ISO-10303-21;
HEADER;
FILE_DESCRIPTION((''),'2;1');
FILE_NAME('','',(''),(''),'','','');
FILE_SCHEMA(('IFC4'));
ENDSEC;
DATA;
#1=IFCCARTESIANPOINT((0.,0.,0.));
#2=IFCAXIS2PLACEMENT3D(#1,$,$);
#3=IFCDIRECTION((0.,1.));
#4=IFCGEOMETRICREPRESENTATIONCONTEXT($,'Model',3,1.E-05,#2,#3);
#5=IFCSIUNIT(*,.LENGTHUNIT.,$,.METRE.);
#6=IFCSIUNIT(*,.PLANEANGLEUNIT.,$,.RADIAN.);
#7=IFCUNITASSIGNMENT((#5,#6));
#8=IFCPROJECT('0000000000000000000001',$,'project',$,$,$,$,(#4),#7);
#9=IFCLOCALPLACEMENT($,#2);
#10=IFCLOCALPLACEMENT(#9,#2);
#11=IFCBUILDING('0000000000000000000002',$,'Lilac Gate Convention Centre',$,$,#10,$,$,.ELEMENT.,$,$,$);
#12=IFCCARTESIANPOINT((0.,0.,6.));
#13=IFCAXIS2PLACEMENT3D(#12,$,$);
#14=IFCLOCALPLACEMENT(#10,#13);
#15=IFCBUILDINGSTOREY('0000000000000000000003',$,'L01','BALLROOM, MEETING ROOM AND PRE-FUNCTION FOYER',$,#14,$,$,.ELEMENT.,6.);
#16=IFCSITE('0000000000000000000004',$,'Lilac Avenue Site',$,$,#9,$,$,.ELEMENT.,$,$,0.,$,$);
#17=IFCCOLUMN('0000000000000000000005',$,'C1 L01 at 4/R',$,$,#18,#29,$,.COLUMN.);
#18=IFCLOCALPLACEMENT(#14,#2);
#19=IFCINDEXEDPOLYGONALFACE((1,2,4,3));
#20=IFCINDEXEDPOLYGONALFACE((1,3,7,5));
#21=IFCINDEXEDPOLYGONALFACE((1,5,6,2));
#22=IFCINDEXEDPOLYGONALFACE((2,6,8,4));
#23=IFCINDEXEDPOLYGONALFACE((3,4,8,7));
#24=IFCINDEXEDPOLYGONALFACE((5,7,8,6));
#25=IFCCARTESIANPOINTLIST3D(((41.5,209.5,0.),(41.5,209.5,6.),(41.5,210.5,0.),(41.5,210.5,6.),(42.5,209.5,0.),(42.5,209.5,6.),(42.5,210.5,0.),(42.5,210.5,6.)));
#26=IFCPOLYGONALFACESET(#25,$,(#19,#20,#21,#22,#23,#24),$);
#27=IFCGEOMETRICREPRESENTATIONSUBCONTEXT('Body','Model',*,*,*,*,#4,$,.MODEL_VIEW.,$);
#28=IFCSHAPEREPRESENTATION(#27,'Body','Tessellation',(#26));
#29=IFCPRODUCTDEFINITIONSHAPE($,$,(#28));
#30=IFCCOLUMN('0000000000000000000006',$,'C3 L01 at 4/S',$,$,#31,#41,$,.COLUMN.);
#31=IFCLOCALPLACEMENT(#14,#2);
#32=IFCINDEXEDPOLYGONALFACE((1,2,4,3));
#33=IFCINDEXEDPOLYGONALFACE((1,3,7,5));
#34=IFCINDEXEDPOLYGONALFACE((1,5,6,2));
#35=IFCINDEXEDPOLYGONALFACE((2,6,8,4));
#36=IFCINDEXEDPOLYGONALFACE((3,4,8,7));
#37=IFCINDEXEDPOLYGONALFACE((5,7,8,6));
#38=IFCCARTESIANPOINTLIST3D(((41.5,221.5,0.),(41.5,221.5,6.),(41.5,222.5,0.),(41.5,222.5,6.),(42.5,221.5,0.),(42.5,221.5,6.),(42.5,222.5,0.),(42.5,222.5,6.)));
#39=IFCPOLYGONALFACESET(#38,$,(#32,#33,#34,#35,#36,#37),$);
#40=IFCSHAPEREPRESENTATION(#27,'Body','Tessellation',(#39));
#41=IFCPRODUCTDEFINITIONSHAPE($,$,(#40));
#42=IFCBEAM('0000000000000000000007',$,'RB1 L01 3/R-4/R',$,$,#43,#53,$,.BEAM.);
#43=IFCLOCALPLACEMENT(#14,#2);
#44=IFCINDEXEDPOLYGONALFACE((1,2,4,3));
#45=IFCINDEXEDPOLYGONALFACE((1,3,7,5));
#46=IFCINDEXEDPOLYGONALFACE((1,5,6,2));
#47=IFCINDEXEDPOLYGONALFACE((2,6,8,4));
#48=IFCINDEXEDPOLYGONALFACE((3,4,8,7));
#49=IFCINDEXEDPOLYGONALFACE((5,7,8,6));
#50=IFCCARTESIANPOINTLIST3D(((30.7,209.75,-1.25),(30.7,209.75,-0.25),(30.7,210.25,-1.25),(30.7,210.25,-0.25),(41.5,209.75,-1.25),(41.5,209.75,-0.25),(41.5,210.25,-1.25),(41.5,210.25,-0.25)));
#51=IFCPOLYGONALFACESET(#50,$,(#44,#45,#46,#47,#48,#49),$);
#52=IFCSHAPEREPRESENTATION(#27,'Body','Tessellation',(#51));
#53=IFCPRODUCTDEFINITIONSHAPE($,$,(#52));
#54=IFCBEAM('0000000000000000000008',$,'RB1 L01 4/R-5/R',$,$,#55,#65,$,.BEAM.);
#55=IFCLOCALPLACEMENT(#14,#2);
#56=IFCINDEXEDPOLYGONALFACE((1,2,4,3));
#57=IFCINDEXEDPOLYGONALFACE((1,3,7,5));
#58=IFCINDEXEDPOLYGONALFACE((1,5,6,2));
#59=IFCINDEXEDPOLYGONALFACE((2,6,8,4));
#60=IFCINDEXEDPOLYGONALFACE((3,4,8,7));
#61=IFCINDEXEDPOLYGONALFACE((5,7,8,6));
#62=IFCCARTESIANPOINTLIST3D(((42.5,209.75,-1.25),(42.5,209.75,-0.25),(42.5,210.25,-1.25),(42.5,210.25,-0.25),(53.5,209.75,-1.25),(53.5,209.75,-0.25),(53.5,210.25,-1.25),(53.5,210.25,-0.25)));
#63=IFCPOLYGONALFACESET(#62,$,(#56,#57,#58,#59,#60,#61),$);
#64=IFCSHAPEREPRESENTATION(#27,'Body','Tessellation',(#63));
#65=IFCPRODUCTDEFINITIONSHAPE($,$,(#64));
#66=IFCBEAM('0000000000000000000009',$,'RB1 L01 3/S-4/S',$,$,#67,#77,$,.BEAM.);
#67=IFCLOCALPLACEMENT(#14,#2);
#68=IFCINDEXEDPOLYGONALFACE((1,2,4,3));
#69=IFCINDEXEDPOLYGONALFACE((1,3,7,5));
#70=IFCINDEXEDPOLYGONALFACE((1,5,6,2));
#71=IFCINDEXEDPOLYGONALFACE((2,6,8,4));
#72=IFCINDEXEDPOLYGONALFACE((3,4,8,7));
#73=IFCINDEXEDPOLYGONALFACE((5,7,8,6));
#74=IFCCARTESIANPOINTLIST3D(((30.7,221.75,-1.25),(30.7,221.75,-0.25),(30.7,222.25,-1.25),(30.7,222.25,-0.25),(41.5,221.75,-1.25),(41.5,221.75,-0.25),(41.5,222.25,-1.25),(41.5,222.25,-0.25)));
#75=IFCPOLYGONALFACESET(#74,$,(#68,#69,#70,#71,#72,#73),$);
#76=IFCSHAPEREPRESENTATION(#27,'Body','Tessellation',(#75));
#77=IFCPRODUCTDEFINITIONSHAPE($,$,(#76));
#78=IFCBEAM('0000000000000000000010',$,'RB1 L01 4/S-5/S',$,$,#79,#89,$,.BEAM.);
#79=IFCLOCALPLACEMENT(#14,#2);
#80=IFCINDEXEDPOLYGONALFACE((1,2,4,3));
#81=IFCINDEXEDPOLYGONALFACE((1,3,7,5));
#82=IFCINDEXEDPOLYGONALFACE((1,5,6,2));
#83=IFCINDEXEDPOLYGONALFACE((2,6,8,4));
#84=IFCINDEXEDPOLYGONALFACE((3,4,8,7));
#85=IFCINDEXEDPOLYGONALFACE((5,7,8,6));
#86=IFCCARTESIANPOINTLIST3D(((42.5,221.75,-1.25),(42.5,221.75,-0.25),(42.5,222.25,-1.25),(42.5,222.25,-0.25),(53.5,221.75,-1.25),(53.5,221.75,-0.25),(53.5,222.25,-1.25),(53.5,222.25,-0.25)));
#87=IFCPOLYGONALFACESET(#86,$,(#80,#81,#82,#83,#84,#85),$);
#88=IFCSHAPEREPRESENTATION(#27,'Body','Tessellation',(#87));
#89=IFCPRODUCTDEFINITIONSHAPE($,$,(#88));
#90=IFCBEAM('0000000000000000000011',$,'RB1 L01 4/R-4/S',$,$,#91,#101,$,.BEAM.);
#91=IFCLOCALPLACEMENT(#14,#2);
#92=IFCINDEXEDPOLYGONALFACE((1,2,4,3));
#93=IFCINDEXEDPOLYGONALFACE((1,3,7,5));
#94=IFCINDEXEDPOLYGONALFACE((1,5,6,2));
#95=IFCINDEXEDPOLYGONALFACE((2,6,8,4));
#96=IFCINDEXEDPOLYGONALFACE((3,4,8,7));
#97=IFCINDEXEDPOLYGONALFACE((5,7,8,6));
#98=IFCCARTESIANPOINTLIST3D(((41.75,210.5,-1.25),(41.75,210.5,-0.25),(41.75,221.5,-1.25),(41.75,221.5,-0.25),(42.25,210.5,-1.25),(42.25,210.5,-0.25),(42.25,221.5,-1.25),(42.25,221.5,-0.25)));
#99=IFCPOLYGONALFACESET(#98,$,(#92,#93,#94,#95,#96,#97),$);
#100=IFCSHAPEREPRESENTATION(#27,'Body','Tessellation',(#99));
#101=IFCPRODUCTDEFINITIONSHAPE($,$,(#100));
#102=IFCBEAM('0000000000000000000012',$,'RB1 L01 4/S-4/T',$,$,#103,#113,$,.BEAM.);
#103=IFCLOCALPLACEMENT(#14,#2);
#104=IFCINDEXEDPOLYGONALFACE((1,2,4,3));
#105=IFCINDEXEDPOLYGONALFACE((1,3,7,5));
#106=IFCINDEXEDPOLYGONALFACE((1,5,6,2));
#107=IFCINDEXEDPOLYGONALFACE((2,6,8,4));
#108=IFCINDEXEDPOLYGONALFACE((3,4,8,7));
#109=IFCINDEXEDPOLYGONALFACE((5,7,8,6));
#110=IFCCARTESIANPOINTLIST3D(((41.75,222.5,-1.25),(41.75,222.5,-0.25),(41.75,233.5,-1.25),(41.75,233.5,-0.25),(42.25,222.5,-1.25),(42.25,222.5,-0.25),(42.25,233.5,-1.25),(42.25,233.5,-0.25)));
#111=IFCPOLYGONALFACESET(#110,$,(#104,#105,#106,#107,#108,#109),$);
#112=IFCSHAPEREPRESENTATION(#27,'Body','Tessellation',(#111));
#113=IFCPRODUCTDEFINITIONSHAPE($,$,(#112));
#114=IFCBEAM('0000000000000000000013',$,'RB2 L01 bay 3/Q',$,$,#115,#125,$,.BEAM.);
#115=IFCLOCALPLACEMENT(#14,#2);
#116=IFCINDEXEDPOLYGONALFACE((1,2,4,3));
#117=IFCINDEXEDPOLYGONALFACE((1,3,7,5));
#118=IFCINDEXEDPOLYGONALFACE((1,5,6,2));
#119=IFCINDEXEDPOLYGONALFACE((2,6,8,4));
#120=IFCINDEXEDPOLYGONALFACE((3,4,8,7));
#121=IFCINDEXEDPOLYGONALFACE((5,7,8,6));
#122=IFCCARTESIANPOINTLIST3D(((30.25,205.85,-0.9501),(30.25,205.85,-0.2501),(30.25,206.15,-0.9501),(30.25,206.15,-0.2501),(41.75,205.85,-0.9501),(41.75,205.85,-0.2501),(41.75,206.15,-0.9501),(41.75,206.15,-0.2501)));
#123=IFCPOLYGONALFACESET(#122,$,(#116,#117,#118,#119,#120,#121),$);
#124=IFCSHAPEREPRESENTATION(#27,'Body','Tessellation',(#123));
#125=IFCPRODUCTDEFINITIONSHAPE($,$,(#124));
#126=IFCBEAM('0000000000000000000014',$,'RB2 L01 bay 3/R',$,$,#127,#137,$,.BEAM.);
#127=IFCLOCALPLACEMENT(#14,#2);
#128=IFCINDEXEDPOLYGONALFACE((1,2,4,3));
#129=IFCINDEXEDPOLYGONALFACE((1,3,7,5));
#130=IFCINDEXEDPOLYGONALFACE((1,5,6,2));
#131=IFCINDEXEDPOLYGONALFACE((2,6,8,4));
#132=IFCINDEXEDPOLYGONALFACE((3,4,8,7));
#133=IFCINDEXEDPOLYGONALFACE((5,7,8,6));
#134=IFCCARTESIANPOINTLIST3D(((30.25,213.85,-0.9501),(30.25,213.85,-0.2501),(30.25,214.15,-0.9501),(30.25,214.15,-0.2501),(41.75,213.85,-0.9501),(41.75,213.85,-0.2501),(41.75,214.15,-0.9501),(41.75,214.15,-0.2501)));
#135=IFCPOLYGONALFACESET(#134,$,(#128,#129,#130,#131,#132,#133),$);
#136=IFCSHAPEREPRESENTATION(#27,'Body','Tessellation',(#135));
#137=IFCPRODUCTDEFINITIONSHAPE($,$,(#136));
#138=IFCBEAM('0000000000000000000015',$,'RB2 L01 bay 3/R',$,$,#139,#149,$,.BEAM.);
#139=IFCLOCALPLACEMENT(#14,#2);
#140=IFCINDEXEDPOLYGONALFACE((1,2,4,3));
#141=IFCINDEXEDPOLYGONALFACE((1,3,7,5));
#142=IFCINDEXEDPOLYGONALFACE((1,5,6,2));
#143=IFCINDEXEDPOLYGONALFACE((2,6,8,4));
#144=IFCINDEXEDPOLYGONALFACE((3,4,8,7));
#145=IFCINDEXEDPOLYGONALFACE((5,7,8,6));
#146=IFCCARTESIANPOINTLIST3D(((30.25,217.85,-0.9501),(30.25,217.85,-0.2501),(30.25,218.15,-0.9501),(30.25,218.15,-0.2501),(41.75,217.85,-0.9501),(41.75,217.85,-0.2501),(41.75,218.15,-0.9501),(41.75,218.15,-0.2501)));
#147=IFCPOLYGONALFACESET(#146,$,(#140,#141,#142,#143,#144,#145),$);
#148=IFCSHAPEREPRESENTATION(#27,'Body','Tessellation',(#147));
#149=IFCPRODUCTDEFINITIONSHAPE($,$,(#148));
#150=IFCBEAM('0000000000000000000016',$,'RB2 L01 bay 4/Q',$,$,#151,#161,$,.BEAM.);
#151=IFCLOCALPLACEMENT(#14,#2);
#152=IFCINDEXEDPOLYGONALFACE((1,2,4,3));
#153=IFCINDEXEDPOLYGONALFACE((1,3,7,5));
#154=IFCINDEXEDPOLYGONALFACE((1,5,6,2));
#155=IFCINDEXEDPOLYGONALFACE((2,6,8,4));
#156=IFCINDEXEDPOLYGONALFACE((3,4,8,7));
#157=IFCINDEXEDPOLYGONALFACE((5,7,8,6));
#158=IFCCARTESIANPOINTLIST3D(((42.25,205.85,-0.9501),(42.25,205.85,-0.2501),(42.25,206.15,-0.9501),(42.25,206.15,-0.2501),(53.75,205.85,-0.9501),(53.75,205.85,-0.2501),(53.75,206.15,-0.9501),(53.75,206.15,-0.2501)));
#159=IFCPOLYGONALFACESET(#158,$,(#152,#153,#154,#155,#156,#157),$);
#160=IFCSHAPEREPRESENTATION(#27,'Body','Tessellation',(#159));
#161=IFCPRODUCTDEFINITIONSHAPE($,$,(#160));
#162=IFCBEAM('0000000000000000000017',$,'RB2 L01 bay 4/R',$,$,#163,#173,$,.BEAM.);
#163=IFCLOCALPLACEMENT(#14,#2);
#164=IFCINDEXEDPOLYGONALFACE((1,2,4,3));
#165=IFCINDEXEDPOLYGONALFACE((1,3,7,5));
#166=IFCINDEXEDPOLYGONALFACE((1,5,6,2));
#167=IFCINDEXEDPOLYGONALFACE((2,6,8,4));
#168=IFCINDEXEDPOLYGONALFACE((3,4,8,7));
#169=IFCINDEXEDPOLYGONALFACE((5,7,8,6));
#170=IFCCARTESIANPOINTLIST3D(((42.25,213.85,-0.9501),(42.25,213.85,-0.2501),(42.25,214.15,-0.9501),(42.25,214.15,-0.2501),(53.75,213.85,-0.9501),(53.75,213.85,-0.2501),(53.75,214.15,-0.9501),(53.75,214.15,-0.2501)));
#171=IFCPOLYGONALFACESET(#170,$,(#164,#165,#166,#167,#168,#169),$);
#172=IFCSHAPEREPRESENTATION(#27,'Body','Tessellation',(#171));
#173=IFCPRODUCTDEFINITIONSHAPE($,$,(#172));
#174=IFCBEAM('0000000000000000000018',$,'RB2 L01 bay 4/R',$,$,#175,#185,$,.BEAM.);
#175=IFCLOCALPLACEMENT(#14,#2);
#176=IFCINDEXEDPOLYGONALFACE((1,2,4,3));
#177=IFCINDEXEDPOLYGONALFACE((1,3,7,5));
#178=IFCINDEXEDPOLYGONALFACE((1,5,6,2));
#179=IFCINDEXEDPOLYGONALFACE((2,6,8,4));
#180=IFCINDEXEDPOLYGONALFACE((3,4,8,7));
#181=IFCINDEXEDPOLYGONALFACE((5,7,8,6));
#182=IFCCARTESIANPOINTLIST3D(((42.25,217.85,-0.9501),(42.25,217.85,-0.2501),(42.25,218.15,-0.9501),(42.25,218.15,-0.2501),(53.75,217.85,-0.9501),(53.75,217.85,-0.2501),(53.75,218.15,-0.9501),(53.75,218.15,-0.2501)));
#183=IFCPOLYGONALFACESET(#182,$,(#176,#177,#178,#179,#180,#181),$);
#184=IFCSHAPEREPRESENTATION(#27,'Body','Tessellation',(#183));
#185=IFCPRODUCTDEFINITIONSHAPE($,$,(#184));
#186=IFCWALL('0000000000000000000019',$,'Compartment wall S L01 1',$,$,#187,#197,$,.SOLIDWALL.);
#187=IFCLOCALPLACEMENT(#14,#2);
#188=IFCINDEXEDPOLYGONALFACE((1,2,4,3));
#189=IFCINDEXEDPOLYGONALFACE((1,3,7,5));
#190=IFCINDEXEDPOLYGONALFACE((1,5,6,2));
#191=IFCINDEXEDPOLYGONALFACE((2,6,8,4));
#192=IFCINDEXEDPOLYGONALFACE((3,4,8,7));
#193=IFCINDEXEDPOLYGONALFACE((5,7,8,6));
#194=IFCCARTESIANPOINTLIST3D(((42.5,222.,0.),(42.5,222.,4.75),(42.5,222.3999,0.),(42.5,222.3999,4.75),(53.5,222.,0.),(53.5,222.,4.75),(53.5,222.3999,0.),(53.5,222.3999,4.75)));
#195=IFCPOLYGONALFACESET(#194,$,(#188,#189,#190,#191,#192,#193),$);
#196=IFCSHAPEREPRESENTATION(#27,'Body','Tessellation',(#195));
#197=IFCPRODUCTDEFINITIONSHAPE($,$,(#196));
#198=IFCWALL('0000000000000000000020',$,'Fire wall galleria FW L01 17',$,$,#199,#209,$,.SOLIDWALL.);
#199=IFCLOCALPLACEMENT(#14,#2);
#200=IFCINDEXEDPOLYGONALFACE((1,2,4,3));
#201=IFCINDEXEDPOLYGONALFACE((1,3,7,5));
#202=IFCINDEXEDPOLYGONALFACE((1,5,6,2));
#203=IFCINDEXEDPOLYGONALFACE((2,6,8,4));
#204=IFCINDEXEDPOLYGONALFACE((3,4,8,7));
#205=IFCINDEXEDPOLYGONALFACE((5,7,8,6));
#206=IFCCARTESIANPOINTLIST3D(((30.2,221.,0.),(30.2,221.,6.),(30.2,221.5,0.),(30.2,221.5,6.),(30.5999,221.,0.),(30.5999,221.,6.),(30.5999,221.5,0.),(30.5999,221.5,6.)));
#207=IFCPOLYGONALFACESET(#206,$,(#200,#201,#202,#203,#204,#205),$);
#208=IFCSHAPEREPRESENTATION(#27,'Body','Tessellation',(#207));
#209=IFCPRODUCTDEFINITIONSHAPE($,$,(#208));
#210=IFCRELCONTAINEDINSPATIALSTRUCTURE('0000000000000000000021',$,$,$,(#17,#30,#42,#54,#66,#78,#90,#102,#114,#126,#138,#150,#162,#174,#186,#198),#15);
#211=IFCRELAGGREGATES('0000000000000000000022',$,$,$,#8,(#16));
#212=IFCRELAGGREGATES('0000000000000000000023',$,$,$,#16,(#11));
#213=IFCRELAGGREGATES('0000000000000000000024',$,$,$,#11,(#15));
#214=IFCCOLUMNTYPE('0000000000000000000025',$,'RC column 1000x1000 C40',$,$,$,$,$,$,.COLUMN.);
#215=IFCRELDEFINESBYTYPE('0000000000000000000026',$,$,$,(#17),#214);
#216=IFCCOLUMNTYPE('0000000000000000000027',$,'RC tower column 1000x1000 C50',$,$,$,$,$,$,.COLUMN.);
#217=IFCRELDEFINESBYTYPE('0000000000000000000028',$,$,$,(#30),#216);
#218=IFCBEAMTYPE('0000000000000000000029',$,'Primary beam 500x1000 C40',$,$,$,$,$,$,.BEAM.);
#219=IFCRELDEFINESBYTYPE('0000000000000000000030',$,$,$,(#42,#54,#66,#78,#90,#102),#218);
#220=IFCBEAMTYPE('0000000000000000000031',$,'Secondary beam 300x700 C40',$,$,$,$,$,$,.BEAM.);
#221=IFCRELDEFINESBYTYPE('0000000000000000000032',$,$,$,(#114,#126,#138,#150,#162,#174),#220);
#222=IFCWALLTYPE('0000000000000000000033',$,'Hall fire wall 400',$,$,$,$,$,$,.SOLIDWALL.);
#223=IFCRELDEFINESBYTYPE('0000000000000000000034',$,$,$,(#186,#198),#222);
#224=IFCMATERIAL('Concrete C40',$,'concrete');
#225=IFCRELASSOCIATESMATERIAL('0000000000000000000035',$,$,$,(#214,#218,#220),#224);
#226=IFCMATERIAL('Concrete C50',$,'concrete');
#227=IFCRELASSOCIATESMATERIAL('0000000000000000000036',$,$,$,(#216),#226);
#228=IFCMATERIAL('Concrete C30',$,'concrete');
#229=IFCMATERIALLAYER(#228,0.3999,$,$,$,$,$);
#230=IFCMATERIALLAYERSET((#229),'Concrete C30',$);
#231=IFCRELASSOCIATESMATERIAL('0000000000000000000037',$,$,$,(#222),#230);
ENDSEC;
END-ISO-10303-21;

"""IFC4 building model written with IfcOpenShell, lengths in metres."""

from ifc_helpers import new_model, si_unit, direction, frame, frame_2d, origin, origin_2d, place, context, subcontext, project, spatial, rectangle, extrude, material, layer, layer_set, material_profile, profile_set, type_object, element, save


model = new_model("IFC4")

# Units and contexts
model_context = context("Model", 3, precision=1e-05, world=origin(), true_north=direction((0.0, 1.0)))
body_context = subcontext(model_context, "Body", "Model", "MODEL_VIEW")
ifc_project = project(units=[si_unit("LENGTHUNIT", "METRE"), si_unit("PLANEANGLEUNIT", "RADIAN")], contexts=[model_context])

# Site, building, storey
site_placement = place(None, origin())
site = spatial("IfcSite", under=ifc_project, at=site_placement, Name="Lilac Avenue Site", CompositionType="ELEMENT", RefElevation=0.0)
building_placement = place(site_placement, origin())
building = spatial("IfcBuilding", under=site, at=building_placement, Name="Lilac Gate Convention Centre", CompositionType="ELEMENT")
storey_placement = place(building_placement, frame((0.0, 0.0, 6.0)))
storey = spatial("IfcBuildingStorey", under=building, at=storey_placement, Name="L01", Description="BALLROOM, MEETING ROOM AND PRE-FUNCTION FOYER", CompositionType="ELEMENT", Elevation=6.0)

# Columns
ifc_material_1 = material(Name="Concrete C40", Category="concrete")
ifc_material_profile_1 = material_profile(ifc_material_1, rectangle(XDim=1.0, YDim=1.0, at=origin_2d()), Name="RC 1000x1000")
ifc_profile_set_1 = profile_set([ifc_material_profile_1], Name="Concrete C40")
column_type_1 = type_object("IfcColumnType", Name="RC column 1000x1000 C40", PredefinedType="COLUMN", material=ifc_profile_set_1)
column_1_placement = place(storey_placement, frame((42.0, 210.0, 0.0), z_axis=(0.0, 0.0, 1.0), x_axis=(1.0, 0.0, 0.0)))
element("IfcColumn", 1, at=column_1_placement, inside=storey, type_object=column_type_1, Name="C1 L01 at 4/R", PredefinedType="COLUMN", context=body_context, shape_type="SweptSolid", body=[
    extrude(rectangle(XDim=1.0, YDim=1.0, at=origin_2d()), origin(), (0.0, 0.0, 1.0), 6.0),
])
ifc_material_2 = material(Name="Concrete C50", Category="concrete")
ifc_material_profile_2 = material_profile(ifc_material_2, rectangle(XDim=1.0, YDim=1.0, at=origin_2d()), Name="RC 1000x1000")
ifc_profile_set_2 = profile_set([ifc_material_profile_2], Name="Concrete C50")
column_type_2 = type_object("IfcColumnType", Name="RC tower column 1000x1000 C50", PredefinedType="COLUMN", material=ifc_profile_set_2)
column_2_placement = place(storey_placement, frame((42.0, 222.0, 0.0), z_axis=(0.0, 0.0, 1.0), x_axis=(1.0, 0.0, 0.0)))
element("IfcColumn", 2, at=column_2_placement, inside=storey, type_object=column_type_2, Name="C3 L01 at 4/S", PredefinedType="COLUMN", context=body_context, shape_type="SweptSolid", body=[
    extrude(rectangle(XDim=1.0, YDim=1.0, at=origin_2d()), origin(), (0.0, 0.0, 1.0), 6.0),
])

# Beams
ifc_material_profile_3 = material_profile(ifc_material_1, rectangle(XDim=0.5, YDim=1.0, at=origin_2d()), Name="RC 500x1000")
ifc_profile_set_3 = profile_set([ifc_material_profile_3], Name="Concrete C40")
beam_type_1 = type_object("IfcBeamType", Name="Primary beam 500x1000 C40", PredefinedType="BEAM", material=ifc_profile_set_3)
beam_1_placement = place(storey_placement, frame((30.7, 210.0, -0.75), z_axis=(1.0, 0.0, 0.0), x_axis=(0.0, 1.0, 0.0)))
element("IfcBeam", 3, at=beam_1_placement, inside=storey, type_object=beam_type_1, Name="RB1 L01 3/R-4/R", PredefinedType="BEAM", context=body_context, shape_type="SweptSolid", body=[
    extrude(rectangle(XDim=0.5, YDim=1.0, at=origin_2d()), origin(), (0.0, 0.0, 1.0), 10.8),
])
beam_2_placement = place(storey_placement, frame((42.5, 210.0, -0.75), z_axis=(1.0, 0.0, 0.0), x_axis=(0.0, 1.0, 0.0)))
element("IfcBeam", 4, at=beam_2_placement, inside=storey, type_object=beam_type_1, Name="RB1 L01 4/R-5/R", PredefinedType="BEAM", context=body_context, shape_type="SweptSolid", body=[
    extrude(rectangle(XDim=0.5, YDim=1.0, at=origin_2d()), origin(), (0.0, 0.0, 1.0), 11.0),
])
beam_3_placement = place(storey_placement, frame((30.7, 222.0, -0.75), z_axis=(1.0, 0.0, 0.0), x_axis=(0.0, 1.0, 0.0)))
element("IfcBeam", 5, at=beam_3_placement, inside=storey, type_object=beam_type_1, Name="RB1 L01 3/S-4/S", PredefinedType="BEAM", context=body_context, shape_type="SweptSolid", body=[
    extrude(rectangle(XDim=0.5, YDim=1.0, at=origin_2d()), origin(), (0.0, 0.0, 1.0), 10.8),
])
for number, where, z_axis, x_axis, name in (
    (6, (42.5, 222.0, -0.75), (1.0, 0.0, 0.0), (0.0, 1.0, 0.0), "RB1 L01 4/S-5/S"),
    (7, (42.0, 210.5, -0.75), (0.0, 1.0, 0.0), (-1.0, 0.0, 0.0), "RB1 L01 4/R-4/S"),
    (8, (42.0, 222.5, -0.75), (0.0, 1.0, 0.0), (-1.0, 0.0, 0.0), "RB1 L01 4/S-4/T"),
):
    element("IfcBeam", number, at=place(storey_placement, frame(where, z_axis=z_axis, x_axis=x_axis)), inside=storey, type_object=beam_type_1, Name=name, PredefinedType="BEAM", context=body_context, shape_type="SweptSolid", body=[
        extrude(rectangle(XDim=0.5, YDim=1.0, at=origin_2d()), origin(), (0.0, 0.0, 1.0), 11.0),
    ])
ifc_material_profile_4 = material_profile(ifc_material_1, rectangle(XDim=0.3, YDim=0.7, at=origin_2d()), Name="RC 300x700")
ifc_profile_set_4 = profile_set([ifc_material_profile_4], Name="Concrete C40")
beam_type_2 = type_object("IfcBeamType", Name="Secondary beam 300x700 C40", PredefinedType="BEAM", material=ifc_profile_set_4)
for number, where, z_axis, x_axis, name in (
    (9, (30.25, 206.0, -0.6001), (1.0, 0.0, 0.0), (0.0, 1.0, 0.0), "RB2 L01 bay 3/Q"),
    (10, (30.25, 214.0, -0.6001), (1.0, 0.0, 0.0), (0.0, 1.0, 0.0), "RB2 L01 bay 3/R"),
    (11, (30.25, 218.0, -0.6001), (1.0, 0.0, 0.0), (0.0, 1.0, 0.0), "RB2 L01 bay 3/R"),
    (12, (42.25, 206.0, -0.6001), (1.0, 0.0, 0.0), (0.0, 1.0, 0.0), "RB2 L01 bay 4/Q"),
    (13, (42.25, 214.0, -0.6001), (1.0, 0.0, 0.0), (0.0, 1.0, 0.0), "RB2 L01 bay 4/R"),
    (14, (42.25, 218.0, -0.6001), (1.0, 0.0, 0.0), (0.0, 1.0, 0.0), "RB2 L01 bay 4/R"),
):
    element("IfcBeam", number, at=place(storey_placement, frame(where, z_axis=z_axis, x_axis=x_axis)), inside=storey, type_object=beam_type_2, Name=name, PredefinedType="BEAM", context=body_context, shape_type="SweptSolid", body=[
        extrude(rectangle(XDim=0.3, YDim=0.7, at=origin_2d()), origin(), (0.0, 0.0, 1.0), 11.5),
    ])

# Wall
ifc_material_3 = material(Name="Concrete C30", Category="concrete")
ifc_layer_1 = layer(ifc_material_3, 0.3999)
ifc_layer_set_1 = layer_set([ifc_layer_1], Name="Concrete C30")
wall_type_1 = type_object("IfcWallType", Name="Hall fire wall 400", PredefinedType="SOLIDWALL", material=ifc_layer_set_1)
wall_1_placement = place(storey_placement, frame((42.5, 222.2, 0.0), z_axis=(0.0, 0.0, 1.0), x_axis=(1.0, 0.0, 0.0)))
element("IfcWall", 15, at=wall_1_placement, inside=storey, type_object=wall_type_1, Name="Compartment wall S L01 1", PredefinedType="SOLIDWALL", context=body_context, shape_type="SweptSolid", body=[
    extrude(rectangle(XDim=11.0, YDim=0.3999, at=frame_2d((5.5, 0.0))), origin(), (0.0, 0.0, 1.0), 4.75),
])

# Wall
wall_2_placement = place(storey_placement, frame((30.3999, 221.0, 0.0), z_axis=(0.0, 0.0, 1.0), x_axis=(0.0, 1.0, 0.0)))
element("IfcWall", 16, at=wall_2_placement, inside=storey, type_object=wall_type_1, Name="Fire wall galleria FW L01 17", PredefinedType="SOLIDWALL", context=body_context, shape_type="SweptSolid", body=[
    extrude(rectangle(XDim=0.5, YDim=0.3999, at=frame_2d((0.25, 0.0))), origin(), (0.0, 0.0, 1.0), 6.0),
])

save(model, "model.ifc")
